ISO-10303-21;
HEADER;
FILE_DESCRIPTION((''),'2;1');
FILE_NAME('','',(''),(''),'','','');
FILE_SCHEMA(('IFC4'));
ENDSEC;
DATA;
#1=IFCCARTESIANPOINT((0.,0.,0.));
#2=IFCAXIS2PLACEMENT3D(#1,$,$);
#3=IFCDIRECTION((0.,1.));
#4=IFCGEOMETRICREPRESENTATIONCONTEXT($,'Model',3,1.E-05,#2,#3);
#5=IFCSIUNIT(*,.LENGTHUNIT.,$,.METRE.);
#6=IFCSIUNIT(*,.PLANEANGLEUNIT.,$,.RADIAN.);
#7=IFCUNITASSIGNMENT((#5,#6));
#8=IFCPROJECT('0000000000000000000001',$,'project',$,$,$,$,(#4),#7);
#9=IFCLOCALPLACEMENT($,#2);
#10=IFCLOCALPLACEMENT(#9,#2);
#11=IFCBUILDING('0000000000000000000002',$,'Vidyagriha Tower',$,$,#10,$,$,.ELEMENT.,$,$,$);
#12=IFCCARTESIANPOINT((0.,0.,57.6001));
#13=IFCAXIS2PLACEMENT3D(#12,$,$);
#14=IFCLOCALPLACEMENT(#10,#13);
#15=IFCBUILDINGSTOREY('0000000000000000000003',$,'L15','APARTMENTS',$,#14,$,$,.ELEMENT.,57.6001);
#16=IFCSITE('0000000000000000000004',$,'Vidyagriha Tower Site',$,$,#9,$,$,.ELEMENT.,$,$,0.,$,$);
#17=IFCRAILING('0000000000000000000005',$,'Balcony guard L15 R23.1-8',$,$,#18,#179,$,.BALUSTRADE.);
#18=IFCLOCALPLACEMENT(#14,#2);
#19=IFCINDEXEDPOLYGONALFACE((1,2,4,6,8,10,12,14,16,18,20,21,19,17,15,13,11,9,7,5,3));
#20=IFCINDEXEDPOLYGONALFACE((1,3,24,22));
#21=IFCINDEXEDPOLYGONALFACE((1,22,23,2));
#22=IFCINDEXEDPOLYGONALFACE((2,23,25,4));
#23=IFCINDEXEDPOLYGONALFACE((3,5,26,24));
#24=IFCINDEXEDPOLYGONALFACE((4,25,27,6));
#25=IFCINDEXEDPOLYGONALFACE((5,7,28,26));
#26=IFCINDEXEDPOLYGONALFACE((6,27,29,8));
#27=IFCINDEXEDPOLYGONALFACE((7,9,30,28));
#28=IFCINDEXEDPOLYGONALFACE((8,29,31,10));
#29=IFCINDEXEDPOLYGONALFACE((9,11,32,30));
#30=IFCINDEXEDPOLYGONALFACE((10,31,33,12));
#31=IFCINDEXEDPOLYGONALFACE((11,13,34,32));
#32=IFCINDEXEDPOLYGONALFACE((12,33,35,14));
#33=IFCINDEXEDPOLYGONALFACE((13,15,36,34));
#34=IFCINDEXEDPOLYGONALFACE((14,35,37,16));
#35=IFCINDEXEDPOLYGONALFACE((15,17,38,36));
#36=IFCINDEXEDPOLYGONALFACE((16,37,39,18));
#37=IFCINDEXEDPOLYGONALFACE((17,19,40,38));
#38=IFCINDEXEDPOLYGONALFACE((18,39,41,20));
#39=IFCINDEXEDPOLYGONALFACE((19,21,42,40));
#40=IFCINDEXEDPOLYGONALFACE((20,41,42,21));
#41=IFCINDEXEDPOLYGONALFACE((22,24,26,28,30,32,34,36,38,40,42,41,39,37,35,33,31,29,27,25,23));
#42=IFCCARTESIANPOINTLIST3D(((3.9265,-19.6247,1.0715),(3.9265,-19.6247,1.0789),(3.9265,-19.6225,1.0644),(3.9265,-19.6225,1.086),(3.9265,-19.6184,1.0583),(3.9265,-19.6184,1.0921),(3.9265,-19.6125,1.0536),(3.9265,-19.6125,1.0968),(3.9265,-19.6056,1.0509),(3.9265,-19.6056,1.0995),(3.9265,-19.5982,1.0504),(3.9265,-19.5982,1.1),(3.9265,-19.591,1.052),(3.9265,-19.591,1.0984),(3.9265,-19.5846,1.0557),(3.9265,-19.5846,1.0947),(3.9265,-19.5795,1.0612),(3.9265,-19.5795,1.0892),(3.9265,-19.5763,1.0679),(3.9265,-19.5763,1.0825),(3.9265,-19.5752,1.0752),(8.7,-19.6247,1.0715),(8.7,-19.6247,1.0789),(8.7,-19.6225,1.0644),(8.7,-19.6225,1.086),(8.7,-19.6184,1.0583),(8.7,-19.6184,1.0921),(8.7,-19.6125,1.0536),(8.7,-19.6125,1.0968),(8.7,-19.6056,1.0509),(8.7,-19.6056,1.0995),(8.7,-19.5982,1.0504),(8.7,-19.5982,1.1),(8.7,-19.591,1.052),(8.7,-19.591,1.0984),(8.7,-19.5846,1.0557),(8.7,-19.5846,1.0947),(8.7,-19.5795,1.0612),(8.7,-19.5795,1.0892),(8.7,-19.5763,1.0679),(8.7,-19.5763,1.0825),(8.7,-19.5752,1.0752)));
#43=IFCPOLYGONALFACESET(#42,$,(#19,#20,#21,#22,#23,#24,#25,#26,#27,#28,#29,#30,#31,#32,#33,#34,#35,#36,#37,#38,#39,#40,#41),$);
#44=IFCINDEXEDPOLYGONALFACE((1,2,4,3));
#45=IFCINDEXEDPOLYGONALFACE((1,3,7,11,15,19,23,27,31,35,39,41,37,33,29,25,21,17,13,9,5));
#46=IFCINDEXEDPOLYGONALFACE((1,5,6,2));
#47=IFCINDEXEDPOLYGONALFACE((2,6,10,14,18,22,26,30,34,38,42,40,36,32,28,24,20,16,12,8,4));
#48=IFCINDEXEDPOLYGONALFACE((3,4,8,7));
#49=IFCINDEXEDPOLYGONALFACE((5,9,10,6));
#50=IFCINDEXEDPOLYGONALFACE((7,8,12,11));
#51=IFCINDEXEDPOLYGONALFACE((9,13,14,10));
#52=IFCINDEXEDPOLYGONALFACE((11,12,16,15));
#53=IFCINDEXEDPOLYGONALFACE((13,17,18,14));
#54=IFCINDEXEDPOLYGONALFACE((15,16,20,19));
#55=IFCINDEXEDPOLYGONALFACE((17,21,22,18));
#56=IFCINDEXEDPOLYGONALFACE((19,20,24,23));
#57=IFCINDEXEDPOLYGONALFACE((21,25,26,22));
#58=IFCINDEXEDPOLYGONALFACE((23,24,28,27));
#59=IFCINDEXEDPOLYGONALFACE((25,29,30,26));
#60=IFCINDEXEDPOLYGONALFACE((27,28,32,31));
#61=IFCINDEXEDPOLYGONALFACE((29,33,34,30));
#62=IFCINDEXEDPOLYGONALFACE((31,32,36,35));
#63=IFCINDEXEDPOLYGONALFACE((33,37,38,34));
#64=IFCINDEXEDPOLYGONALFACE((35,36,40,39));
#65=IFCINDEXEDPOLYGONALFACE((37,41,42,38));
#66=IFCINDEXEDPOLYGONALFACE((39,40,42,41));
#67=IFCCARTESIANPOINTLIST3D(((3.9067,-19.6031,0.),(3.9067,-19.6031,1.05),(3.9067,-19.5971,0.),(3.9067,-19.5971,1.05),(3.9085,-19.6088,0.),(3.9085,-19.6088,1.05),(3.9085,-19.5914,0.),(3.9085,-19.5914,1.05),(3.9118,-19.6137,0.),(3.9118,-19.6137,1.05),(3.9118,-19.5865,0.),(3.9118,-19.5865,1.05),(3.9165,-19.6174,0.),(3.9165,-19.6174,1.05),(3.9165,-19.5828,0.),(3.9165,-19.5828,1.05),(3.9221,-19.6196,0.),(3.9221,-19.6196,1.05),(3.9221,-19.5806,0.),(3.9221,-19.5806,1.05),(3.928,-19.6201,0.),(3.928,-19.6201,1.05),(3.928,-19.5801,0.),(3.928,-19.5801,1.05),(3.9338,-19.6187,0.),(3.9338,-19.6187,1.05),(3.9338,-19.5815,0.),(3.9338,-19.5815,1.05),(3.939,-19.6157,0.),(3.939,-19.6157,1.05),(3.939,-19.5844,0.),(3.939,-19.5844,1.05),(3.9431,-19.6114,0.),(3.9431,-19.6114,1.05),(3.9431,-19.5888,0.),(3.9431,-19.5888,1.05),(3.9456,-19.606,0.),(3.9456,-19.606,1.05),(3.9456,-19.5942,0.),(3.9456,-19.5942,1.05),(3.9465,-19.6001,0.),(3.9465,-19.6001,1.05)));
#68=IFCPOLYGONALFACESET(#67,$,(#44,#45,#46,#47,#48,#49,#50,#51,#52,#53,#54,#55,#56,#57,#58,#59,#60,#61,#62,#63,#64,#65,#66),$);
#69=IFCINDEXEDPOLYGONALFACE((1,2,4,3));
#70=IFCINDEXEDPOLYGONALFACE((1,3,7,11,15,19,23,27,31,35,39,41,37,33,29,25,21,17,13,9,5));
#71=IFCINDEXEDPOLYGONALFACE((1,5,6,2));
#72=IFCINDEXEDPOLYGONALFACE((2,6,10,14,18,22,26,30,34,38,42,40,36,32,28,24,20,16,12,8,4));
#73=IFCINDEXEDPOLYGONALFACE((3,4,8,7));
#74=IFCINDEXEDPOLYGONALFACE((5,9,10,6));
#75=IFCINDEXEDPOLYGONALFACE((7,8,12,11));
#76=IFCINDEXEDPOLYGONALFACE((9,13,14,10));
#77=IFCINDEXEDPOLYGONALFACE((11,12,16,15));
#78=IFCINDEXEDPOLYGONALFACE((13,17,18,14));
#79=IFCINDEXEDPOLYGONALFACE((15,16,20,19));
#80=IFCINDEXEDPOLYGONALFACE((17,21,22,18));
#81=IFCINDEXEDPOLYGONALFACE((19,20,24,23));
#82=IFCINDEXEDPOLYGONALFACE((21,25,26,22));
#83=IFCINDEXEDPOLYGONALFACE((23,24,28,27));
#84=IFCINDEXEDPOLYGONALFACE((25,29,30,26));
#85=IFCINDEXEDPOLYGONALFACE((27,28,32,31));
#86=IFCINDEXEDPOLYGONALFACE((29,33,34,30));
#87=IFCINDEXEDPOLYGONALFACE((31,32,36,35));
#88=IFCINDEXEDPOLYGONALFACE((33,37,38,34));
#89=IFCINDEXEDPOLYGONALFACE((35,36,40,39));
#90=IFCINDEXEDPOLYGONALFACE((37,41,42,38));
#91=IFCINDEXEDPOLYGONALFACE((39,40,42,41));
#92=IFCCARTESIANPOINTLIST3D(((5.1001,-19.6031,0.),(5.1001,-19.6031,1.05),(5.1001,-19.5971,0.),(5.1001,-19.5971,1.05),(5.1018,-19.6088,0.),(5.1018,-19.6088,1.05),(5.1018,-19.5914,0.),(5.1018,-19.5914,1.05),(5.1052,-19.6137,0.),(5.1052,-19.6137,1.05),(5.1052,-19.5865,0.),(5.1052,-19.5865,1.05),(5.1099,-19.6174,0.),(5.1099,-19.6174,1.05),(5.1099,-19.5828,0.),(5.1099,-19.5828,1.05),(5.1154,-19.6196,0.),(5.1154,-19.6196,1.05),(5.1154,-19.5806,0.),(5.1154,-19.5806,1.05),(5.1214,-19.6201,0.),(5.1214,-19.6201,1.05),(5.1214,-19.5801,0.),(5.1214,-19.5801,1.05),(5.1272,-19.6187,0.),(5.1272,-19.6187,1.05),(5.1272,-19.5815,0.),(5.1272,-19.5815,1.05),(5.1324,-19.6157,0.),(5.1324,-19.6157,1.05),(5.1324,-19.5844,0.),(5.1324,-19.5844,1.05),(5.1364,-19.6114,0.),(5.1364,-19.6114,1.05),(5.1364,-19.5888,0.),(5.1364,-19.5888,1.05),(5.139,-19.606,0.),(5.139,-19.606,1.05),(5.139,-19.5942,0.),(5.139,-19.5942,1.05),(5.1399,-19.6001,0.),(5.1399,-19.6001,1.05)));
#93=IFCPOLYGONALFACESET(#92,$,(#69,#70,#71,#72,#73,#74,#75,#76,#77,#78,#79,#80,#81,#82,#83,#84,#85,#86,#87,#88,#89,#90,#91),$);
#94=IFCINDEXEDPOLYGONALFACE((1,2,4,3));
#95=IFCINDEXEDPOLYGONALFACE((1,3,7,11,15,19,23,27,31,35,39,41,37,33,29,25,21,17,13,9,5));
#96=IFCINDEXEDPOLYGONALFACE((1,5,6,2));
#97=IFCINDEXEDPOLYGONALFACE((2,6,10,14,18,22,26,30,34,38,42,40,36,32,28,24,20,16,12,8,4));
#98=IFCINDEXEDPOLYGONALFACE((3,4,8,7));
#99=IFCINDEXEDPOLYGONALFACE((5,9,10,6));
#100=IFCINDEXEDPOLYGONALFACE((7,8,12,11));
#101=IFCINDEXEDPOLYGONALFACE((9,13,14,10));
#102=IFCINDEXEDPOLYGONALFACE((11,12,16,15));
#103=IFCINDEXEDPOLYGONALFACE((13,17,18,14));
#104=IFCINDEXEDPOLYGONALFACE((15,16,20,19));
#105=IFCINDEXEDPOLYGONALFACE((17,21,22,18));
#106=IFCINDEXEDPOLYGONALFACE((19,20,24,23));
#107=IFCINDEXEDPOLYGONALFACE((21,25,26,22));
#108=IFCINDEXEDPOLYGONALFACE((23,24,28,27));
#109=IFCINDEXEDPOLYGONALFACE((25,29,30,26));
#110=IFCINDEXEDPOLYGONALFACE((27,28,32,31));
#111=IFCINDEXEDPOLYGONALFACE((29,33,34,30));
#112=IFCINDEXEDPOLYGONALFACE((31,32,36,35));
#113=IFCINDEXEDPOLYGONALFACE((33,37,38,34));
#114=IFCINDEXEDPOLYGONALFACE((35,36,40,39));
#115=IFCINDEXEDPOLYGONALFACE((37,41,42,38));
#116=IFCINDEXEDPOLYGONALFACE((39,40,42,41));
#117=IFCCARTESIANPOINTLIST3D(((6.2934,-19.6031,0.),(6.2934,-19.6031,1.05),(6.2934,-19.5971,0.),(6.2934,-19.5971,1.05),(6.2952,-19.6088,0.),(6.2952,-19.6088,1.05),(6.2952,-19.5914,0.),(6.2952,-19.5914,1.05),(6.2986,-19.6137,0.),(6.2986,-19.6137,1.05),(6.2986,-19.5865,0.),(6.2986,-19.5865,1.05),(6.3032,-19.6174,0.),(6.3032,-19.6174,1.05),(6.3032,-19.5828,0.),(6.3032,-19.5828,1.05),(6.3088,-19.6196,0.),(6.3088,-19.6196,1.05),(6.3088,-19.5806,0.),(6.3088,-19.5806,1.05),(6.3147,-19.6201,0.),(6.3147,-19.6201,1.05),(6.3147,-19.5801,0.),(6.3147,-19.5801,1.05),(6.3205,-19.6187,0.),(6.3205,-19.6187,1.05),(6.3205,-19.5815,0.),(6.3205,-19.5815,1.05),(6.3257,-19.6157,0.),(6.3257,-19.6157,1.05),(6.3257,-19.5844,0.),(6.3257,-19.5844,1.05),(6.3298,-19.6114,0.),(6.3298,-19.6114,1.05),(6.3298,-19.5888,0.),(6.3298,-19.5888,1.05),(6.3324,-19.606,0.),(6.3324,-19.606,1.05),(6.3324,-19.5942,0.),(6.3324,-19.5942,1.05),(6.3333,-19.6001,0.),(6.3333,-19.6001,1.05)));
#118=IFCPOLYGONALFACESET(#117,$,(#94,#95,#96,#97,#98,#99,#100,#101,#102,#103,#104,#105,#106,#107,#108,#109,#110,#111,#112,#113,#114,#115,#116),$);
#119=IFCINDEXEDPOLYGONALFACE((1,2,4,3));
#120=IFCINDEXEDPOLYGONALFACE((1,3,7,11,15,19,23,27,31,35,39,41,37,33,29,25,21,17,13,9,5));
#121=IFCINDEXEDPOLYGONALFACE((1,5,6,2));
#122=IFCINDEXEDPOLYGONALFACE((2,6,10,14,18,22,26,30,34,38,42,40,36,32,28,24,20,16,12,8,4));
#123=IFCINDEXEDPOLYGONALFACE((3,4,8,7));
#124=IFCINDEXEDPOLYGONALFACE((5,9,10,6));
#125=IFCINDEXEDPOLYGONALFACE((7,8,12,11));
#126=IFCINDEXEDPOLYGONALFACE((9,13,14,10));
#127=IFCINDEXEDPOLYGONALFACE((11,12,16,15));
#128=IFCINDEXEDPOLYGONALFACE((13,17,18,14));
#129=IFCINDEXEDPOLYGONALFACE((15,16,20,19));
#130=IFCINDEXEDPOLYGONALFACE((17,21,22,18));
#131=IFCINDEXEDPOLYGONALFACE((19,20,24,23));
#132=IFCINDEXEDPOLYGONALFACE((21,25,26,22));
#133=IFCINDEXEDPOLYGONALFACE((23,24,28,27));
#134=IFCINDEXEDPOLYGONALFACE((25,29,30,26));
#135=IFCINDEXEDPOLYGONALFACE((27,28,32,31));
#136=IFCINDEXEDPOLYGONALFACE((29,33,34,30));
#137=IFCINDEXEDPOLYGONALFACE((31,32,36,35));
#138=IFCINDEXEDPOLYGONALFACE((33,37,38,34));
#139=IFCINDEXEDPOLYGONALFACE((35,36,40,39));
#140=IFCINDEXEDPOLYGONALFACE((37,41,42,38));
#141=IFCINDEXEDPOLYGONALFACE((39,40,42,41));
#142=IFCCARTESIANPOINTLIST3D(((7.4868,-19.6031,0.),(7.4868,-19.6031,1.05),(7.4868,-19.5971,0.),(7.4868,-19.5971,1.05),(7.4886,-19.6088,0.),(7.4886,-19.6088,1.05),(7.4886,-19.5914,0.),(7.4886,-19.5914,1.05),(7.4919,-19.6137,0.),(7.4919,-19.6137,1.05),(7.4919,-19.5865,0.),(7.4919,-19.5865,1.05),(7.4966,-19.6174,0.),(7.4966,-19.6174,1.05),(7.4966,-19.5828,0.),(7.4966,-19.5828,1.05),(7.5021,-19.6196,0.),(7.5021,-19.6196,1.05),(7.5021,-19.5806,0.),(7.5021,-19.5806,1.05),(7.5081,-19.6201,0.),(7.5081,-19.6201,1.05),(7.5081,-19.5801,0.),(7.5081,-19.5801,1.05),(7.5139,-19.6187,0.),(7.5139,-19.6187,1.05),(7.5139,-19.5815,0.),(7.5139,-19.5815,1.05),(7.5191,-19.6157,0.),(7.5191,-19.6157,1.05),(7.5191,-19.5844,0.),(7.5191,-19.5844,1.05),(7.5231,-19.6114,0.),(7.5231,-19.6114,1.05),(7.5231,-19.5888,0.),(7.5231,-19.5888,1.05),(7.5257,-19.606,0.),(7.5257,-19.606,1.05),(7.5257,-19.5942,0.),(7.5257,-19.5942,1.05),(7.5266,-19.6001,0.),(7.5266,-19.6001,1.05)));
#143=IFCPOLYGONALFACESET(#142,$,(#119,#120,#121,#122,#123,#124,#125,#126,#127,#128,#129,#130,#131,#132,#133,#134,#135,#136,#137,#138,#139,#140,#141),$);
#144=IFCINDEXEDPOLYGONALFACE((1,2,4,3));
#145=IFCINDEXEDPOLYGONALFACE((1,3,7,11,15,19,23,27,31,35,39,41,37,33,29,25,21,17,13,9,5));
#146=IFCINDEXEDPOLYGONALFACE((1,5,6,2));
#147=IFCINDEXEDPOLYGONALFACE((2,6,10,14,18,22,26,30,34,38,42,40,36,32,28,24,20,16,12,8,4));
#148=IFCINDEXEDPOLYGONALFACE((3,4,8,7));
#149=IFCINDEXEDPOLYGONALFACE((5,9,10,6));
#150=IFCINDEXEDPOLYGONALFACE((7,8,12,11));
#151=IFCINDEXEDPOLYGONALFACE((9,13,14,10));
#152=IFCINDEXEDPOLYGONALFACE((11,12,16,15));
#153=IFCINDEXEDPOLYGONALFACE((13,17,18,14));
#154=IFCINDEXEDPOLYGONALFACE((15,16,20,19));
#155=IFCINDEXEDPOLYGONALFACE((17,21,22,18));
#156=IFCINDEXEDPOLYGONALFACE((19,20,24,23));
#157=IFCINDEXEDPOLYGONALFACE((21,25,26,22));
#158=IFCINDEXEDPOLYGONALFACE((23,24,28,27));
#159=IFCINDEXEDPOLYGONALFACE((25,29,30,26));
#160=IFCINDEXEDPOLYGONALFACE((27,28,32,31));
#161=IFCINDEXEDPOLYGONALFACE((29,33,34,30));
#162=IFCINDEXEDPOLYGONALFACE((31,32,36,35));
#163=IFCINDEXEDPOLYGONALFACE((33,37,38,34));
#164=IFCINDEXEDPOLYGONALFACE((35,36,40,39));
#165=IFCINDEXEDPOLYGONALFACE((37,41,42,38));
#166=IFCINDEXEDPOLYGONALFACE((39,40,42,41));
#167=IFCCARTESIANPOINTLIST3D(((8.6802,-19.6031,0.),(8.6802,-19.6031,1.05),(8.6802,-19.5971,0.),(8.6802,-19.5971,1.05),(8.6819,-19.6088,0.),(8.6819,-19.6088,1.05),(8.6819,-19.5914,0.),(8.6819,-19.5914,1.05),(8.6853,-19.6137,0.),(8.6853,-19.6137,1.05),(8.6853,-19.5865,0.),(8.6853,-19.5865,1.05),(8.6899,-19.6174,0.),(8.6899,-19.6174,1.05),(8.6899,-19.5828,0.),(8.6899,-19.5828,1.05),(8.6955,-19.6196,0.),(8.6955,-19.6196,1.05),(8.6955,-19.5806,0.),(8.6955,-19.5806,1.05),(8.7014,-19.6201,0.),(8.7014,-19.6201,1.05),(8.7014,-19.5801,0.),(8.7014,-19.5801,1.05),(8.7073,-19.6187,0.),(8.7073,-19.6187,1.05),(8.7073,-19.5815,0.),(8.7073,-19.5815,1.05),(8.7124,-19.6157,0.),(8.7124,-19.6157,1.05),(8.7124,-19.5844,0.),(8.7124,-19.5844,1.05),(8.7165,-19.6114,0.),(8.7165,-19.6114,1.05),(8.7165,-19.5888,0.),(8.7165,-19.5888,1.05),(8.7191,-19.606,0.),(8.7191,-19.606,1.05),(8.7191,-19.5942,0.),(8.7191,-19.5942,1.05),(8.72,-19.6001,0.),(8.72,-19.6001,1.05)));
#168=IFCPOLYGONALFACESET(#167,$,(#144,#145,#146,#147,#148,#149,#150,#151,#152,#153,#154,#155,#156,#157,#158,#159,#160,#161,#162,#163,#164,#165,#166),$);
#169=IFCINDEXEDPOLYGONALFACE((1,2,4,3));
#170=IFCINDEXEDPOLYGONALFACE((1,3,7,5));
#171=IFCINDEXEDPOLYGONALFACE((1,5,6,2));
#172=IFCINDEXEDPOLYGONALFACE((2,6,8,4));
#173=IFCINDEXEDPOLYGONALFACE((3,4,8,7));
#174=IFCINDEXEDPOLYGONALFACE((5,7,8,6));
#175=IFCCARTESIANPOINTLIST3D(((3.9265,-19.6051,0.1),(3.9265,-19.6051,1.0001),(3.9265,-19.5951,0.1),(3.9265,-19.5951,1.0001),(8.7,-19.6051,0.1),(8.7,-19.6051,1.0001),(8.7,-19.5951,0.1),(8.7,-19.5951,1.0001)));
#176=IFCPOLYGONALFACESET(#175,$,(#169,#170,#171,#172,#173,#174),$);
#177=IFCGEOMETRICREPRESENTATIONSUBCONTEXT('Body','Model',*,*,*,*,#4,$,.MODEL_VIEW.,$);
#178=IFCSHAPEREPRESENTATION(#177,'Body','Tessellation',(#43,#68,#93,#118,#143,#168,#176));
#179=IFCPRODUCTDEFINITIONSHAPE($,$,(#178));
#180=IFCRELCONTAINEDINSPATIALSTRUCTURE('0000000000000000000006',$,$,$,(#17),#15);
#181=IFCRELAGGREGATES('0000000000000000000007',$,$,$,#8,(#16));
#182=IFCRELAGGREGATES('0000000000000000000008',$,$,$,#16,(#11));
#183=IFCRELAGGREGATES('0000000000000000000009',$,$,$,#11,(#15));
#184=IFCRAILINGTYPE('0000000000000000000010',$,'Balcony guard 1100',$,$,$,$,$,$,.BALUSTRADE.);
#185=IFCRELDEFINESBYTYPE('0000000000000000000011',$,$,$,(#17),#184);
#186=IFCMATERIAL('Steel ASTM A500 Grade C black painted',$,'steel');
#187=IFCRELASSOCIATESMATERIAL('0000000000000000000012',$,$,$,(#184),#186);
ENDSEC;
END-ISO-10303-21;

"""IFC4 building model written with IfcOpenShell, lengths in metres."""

from ifc_helpers import new_model, si_unit, direction, frame, origin, origin_2d, place, context, subcontext, project, spatial, rectangle, circle, extrude, material, type_object, element, save


model = new_model("IFC4")

# Units and contexts
model_context = context("Model", 3, precision=1e-05, world=origin(), true_north=direction((0.0, 1.0)))
body_context = subcontext(model_context, "Body", "Model", "MODEL_VIEW")
ifc_project = project(units=[si_unit("LENGTHUNIT", "METRE"), si_unit("PLANEANGLEUNIT", "RADIAN")], contexts=[model_context])

# Site, building, storey
site_placement = place(None, origin())
site = spatial("IfcSite", under=ifc_project, at=site_placement, Name="Vidyagriha Tower Site", CompositionType="ELEMENT", RefElevation=0.0)
building_placement = place(site_placement, origin())
building = spatial("IfcBuilding", under=site, at=building_placement, Name="Vidyagriha Tower", CompositionType="ELEMENT")
storey_placement = place(building_placement, frame((0.0, 0.0, 57.6001)))
storey = spatial("IfcBuildingStorey", under=building, at=storey_placement, Name="L15", Description="APARTMENTS", CompositionType="ELEMENT", Elevation=57.6001)

# Railing
ifc_material_1 = material(Name="Steel ASTM A500 Grade C black painted", Category="steel")
railing_type = type_object("IfcRailingType", Name="Balcony guard 1100", PredefinedType="BALUSTRADE", material=ifc_material_1)
railing_1_placement = place(storey_placement, frame((3.9265, -19.6001, 0.0)))
element("IfcRailing", 1, at=railing_1_placement, inside=storey, type_object=railing_type, Name="Balcony guard L15 R23.1-8", PredefinedType="BALUSTRADE", context=body_context, shape_type="SweptSolid", body=[
    extrude(circle(Radius=0.0249, at=origin_2d()), frame((0.0, 0.0, 1.0752), z_axis=(1.0, 0.0, 0.0), x_axis=(0.0, 1.0, 0.0)), (0.0, 0.0, 1.0), 4.7734),
    extrude(circle(Radius=0.02, at=origin_2d()), origin(), (0.0, 0.0, 1.0), 1.05),
    extrude(circle(Radius=0.02, at=origin_2d()), frame((1.1934, 0.0, 0.0)), (0.0, 0.0, 1.0), 1.05),
    extrude(circle(Radius=0.02, at=origin_2d()), frame((2.3867, 0.0, 0.0)), (0.0, 0.0, 1.0), 1.05),
    extrude(circle(Radius=0.02, at=origin_2d()), frame((3.5801, 0.0, 0.0)), (0.0, 0.0, 1.0), 1.05),
    extrude(circle(Radius=0.02, at=origin_2d()), frame((4.7734, 0.0, 0.0)), (0.0, 0.0, 1.0), 1.05),
    extrude(rectangle(XDim=0.01, YDim=0.9001, at=origin_2d()), frame((0.0, 0.0, 0.55), z_axis=(1.0, 0.0, 0.0), x_axis=(0.0, 1.0, 0.0)), (0.0, 0.0, 1.0), 4.7734),
])

save(model, "model.ifc")
